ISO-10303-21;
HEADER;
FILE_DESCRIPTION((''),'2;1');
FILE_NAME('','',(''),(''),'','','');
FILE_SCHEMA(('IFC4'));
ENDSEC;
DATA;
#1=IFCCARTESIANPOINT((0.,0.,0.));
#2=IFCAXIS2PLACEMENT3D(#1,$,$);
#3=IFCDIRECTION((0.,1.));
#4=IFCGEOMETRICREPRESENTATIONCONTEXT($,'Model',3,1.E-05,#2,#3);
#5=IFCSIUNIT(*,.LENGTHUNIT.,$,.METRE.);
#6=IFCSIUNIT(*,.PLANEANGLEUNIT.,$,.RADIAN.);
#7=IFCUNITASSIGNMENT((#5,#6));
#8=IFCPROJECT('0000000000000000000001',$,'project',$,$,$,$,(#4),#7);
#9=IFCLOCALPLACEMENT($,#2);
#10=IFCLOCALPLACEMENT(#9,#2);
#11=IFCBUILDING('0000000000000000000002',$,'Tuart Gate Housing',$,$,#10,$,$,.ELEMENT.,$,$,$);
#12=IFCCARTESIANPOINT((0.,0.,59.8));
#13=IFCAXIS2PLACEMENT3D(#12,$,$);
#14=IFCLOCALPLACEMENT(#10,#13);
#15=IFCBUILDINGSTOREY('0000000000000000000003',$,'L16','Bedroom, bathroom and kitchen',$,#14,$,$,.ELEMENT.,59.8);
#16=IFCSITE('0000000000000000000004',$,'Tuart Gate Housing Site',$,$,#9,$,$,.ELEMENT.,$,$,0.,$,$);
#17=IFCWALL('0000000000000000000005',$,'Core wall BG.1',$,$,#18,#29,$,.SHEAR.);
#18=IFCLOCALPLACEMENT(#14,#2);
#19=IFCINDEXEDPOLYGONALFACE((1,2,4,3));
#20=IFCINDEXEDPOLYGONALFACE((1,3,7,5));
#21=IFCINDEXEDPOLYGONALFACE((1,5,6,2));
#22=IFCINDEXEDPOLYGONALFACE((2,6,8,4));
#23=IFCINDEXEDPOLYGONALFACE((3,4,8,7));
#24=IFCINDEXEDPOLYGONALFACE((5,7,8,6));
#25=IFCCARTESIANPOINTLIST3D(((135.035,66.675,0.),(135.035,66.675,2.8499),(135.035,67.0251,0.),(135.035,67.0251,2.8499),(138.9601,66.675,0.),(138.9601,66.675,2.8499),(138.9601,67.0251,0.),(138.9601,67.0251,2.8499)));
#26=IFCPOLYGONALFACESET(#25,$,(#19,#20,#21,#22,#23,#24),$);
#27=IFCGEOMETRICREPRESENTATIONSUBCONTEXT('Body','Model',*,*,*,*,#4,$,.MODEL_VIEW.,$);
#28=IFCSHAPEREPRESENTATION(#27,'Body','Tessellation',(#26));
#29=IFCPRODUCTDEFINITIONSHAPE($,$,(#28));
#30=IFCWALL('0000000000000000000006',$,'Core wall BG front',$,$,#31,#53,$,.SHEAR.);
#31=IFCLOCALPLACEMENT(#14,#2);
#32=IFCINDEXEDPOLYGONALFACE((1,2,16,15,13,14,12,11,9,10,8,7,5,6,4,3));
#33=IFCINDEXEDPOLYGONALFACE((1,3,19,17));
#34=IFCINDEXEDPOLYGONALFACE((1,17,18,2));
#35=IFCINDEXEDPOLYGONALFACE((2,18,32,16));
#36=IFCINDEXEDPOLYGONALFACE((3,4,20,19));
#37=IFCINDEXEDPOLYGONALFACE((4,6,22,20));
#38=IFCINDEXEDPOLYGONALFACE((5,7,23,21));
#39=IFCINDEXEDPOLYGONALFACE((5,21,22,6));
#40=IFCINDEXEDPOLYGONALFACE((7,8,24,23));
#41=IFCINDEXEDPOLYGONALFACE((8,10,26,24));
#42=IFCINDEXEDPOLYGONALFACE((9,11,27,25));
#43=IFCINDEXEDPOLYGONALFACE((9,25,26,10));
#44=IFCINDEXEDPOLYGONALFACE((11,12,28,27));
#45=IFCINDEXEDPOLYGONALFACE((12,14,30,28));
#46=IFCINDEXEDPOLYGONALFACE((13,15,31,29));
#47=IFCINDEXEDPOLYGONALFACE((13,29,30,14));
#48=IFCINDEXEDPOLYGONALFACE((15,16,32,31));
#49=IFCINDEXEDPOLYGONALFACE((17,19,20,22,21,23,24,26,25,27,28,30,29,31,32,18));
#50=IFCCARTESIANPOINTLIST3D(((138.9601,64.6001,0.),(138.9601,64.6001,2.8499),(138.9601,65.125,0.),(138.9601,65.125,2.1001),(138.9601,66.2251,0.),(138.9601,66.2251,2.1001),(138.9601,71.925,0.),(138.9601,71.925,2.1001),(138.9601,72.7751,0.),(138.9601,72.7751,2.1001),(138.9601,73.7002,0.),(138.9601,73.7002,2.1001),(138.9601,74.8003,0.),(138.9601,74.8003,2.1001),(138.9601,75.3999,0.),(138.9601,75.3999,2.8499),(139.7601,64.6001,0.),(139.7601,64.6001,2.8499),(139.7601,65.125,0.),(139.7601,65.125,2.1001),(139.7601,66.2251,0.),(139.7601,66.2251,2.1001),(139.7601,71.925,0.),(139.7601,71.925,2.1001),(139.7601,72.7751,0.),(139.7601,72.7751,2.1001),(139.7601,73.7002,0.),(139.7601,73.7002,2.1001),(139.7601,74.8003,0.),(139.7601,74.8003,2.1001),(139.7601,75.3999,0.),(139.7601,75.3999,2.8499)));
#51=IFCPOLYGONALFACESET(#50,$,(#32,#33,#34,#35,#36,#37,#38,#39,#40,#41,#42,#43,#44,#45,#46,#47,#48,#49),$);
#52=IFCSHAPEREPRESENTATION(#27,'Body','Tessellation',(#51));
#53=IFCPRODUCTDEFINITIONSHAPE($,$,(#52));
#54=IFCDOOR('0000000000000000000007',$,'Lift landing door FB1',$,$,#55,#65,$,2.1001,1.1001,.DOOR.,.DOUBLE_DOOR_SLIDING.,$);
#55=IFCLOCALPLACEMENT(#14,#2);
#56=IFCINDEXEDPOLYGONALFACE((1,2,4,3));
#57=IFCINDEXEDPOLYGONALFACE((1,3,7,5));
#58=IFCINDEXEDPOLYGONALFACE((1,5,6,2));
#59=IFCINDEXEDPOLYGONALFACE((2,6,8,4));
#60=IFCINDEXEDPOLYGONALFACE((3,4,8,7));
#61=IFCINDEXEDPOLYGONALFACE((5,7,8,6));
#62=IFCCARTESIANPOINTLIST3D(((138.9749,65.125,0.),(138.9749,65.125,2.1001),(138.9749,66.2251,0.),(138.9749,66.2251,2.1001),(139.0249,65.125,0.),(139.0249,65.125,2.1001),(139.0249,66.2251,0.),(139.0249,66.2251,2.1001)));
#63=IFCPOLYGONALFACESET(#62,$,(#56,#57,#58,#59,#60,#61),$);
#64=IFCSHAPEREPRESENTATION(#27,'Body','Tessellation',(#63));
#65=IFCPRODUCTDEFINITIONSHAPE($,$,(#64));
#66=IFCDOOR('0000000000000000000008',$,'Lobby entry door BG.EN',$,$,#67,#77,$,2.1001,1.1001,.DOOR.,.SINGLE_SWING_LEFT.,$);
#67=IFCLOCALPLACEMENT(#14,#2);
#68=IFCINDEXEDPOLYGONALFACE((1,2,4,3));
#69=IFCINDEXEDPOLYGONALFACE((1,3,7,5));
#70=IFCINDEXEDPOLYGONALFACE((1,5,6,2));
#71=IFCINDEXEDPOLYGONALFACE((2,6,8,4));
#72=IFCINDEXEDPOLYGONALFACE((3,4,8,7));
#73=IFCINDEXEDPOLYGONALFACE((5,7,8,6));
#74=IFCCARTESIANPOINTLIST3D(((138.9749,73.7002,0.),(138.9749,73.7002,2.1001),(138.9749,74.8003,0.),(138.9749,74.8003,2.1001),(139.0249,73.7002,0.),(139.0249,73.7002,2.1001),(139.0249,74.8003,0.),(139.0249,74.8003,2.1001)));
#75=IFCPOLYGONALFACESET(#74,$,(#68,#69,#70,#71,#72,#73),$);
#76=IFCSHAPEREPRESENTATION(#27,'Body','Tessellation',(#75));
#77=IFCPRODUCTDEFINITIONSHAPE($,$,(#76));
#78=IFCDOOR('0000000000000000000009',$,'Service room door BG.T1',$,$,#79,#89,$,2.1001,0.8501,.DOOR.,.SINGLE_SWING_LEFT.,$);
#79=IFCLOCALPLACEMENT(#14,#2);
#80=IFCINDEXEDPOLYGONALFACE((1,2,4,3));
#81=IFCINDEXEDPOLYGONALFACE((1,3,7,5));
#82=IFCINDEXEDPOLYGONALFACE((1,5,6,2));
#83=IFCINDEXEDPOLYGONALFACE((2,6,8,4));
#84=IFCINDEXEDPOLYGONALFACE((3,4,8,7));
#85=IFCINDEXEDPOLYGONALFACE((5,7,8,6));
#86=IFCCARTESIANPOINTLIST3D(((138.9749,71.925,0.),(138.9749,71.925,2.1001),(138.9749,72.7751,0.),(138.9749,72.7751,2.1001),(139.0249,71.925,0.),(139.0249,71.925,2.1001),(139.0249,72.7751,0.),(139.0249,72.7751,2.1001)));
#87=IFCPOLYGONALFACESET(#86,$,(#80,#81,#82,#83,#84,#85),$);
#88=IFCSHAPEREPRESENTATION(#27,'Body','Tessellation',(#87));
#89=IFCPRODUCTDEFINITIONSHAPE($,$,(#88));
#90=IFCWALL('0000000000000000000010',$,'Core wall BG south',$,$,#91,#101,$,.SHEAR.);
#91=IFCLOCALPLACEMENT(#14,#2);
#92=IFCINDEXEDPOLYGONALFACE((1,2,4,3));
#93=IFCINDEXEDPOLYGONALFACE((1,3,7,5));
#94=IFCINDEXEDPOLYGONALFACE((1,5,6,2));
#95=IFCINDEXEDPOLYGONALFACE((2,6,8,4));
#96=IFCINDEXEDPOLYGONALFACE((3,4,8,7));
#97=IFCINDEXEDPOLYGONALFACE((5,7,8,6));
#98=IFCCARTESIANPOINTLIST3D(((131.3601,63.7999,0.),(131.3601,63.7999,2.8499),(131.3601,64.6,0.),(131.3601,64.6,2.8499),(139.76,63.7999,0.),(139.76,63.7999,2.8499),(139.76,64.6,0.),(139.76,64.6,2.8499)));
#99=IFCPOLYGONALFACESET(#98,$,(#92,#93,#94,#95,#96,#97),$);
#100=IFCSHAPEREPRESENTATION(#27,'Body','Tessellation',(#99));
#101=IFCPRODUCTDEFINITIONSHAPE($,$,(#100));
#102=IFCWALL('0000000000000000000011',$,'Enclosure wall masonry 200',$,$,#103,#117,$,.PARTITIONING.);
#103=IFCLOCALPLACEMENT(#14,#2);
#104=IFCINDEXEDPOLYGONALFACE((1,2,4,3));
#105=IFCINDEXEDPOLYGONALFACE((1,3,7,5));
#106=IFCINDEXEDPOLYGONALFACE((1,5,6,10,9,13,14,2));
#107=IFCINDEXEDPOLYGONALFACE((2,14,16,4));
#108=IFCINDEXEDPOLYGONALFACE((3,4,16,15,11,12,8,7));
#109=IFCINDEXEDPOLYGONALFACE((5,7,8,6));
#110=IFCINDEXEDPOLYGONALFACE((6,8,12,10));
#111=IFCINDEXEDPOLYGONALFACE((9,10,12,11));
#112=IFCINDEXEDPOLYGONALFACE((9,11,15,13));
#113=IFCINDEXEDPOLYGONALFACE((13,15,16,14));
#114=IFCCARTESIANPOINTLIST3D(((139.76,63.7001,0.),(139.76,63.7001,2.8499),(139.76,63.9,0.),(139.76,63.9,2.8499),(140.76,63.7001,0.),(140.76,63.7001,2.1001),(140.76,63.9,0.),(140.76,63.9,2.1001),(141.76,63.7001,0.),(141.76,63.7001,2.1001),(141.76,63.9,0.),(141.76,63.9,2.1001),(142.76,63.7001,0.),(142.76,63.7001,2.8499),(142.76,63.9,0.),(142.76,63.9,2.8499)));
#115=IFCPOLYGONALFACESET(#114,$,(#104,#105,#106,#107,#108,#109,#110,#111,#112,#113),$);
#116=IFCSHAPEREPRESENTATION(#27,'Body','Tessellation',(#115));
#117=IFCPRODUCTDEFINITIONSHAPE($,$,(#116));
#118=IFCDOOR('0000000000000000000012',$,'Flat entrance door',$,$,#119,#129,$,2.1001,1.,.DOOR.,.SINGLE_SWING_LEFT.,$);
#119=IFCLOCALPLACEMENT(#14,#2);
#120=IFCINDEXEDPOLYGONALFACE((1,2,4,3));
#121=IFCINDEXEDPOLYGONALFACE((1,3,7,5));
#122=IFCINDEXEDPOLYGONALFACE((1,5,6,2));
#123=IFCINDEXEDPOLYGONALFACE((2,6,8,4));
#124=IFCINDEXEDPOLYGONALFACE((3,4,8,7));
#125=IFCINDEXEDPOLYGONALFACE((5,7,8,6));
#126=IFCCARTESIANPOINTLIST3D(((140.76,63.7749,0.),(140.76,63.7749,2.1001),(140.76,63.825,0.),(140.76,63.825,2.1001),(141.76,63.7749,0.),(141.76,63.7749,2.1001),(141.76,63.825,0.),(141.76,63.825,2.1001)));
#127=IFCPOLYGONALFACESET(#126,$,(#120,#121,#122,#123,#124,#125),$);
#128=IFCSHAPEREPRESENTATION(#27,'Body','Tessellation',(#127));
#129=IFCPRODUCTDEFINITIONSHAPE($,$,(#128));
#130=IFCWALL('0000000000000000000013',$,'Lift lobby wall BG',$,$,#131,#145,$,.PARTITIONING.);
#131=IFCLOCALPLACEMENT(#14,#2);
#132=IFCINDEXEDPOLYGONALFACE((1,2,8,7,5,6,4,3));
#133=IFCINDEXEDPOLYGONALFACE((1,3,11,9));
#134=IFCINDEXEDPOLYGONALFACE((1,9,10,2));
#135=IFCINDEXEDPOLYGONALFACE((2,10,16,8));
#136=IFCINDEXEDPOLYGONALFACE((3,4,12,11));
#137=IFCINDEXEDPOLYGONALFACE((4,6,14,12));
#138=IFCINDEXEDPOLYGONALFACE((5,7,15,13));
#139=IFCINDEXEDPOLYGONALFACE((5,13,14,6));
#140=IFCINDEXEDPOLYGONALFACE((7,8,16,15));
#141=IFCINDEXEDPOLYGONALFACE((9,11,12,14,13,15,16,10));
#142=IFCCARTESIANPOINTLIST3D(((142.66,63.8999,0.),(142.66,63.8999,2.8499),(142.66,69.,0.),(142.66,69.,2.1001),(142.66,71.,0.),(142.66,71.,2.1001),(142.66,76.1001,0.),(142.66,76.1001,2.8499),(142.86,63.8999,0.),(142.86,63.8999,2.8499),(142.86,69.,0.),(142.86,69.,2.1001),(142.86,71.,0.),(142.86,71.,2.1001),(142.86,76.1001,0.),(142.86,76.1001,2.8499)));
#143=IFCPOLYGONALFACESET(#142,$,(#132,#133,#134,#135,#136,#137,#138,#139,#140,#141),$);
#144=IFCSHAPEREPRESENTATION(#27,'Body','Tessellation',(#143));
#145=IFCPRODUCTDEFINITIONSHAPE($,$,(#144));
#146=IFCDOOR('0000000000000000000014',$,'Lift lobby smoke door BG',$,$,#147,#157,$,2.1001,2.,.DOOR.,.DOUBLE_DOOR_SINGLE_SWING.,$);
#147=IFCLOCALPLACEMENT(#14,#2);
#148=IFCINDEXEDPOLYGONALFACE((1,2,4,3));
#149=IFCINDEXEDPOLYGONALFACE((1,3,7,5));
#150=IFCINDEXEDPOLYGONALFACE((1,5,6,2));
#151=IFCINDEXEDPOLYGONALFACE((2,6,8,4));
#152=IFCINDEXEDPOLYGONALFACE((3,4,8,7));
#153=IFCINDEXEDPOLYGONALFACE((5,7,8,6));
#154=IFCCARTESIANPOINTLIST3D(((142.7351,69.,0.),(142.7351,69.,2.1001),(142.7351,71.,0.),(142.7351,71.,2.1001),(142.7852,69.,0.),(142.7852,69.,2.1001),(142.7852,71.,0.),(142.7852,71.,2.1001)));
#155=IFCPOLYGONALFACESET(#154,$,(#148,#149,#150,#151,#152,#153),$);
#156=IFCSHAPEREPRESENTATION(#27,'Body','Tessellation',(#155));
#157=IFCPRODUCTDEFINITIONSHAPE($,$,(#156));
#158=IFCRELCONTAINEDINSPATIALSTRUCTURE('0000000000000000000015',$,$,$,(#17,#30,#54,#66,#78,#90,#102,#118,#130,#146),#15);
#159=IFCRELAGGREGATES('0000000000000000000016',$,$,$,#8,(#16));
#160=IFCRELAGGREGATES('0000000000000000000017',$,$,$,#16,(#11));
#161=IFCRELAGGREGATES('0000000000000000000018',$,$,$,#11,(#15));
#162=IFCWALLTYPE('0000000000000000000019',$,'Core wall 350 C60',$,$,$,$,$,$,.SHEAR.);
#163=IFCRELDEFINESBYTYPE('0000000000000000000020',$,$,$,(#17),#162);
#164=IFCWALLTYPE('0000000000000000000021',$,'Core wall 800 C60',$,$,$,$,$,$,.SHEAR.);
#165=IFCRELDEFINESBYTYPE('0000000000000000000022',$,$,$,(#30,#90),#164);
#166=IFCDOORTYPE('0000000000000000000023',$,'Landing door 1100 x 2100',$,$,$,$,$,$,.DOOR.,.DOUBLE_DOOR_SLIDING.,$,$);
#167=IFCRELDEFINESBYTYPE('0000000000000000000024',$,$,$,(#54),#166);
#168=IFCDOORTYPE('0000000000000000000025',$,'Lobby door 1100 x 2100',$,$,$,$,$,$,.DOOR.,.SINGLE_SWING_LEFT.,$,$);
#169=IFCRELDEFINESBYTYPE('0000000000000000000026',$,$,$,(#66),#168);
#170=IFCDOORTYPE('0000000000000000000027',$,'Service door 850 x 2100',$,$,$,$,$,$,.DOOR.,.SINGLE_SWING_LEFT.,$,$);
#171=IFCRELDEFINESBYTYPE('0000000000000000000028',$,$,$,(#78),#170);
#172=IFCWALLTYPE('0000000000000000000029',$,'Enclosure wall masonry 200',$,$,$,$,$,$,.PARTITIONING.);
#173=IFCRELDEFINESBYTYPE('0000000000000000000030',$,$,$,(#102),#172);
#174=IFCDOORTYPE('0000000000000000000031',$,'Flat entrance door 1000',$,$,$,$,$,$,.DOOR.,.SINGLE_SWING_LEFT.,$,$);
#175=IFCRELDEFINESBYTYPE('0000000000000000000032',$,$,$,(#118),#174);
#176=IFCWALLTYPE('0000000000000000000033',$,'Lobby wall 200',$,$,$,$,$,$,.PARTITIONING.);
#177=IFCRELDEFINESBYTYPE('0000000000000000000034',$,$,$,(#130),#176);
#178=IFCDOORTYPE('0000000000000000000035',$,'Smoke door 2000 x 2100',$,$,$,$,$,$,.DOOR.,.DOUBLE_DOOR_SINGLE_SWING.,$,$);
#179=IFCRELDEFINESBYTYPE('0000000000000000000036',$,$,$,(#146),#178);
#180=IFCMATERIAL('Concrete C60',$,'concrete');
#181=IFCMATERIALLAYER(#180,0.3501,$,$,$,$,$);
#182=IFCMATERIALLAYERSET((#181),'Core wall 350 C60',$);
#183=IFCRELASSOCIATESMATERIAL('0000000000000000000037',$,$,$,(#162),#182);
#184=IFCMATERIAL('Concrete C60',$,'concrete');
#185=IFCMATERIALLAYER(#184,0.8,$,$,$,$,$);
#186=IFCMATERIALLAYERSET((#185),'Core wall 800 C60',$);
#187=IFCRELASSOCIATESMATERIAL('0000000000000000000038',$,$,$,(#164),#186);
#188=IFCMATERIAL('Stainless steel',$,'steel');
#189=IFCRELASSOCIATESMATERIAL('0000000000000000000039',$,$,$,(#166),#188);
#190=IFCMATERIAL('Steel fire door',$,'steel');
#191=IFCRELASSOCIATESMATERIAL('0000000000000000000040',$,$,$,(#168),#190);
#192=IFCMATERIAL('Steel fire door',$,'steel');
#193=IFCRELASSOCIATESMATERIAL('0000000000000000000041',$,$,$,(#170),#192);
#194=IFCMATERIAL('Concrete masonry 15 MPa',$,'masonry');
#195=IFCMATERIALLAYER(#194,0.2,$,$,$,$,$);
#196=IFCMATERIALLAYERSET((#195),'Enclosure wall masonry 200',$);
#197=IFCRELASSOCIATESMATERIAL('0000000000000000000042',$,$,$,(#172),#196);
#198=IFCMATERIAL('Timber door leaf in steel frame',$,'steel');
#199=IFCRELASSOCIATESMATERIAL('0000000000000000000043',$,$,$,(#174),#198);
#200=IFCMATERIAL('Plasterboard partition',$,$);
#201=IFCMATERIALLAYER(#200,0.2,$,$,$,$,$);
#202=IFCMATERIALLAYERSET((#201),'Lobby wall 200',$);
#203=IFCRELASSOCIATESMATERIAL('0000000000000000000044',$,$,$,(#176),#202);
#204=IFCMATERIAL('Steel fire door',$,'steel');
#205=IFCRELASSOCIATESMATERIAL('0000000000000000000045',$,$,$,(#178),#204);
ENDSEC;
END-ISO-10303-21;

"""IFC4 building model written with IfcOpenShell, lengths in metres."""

from ifc_helpers import new_model, si_unit, direction, frame, frame_2d, origin, place, context, subcontext, project, spatial, rectangle, extrude, material, layer, layer_set, type_object, element, fill, save


model = new_model("IFC4")

# Units and contexts
model_context = context("Model", 3, precision=1e-05, world=origin(), true_north=direction((0.0, 1.0)))
body_context = subcontext(model_context, "Body", "Model", "MODEL_VIEW")
ifc_project = project(units=[si_unit("LENGTHUNIT", "METRE"), si_unit("PLANEANGLEUNIT", "RADIAN")], contexts=[model_context])

# Site, building, storey
site_placement = place(None, origin())
site = spatial("IfcSite", under=ifc_project, at=site_placement, Name="Tuart Gate Housing Site", CompositionType="ELEMENT", RefElevation=0.0)
building_placement = place(site_placement, origin())
building = spatial("IfcBuilding", under=site, at=building_placement, Name="Tuart Gate Housing", CompositionType="ELEMENT")
storey_placement = place(building_placement, frame((0.0, 0.0, 59.8)))
storey = spatial("IfcBuildingStorey", under=building, at=storey_placement, Name="L16", Description="Bedroom, bathroom and kitchen", CompositionType="ELEMENT", Elevation=59.8)

# Wall
ifc_material_1 = material(Name="Concrete C60", Category="concrete")
ifc_layer_1 = layer(ifc_material_1, 0.3501)
ifc_layer_set_1 = layer_set([ifc_layer_1], Name="Core wall 350 C60")
wall_type_1 = type_object("IfcWallType", Name="Core wall 350 C60", PredefinedType="SHEAR", material=ifc_layer_set_1)
wall_1_placement = place(storey_placement, frame((138.96, 66.8501, 0.0), z_axis=(0.0, 0.0, 1.0), x_axis=(-1.0, 0.0, 0.0)))
element("IfcWall", 1, at=wall_1_placement, inside=storey, type_object=wall_type_1, Name="Core wall BG.1", PredefinedType="SHEAR", context=body_context, shape_type="SweptSolid", body=[
    extrude(rectangle(XDim=3.925, YDim=0.3501, at=frame_2d((1.9624, 0.0))), origin(), (0.0, 0.0, 1.0), 2.8499),
])

# Wall, openings, doors
ifc_material_2 = material(Name="Concrete C60", Category="concrete")
ifc_layer_2 = layer(ifc_material_2, 0.8)
ifc_layer_set_2 = layer_set([ifc_layer_2], Name="Core wall 800 C60")
wall_type_2 = type_object("IfcWallType", Name="Core wall 800 C60", PredefinedType="SHEAR", material=ifc_layer_set_2)
wall_2_placement = place(storey_placement, frame((139.3601, 64.6001, 0.0), z_axis=(0.0, 0.0, 1.0), x_axis=(0.0, 1.0, 0.0)))
wall_2 = element("IfcWall", 2, at=wall_2_placement, inside=storey, type_object=wall_type_2, Name="Core wall BG front", PredefinedType="SHEAR", context=body_context, shape_type="SweptSolid", body=[
    extrude(rectangle(XDim=10.7998, YDim=0.8, at=frame_2d((5.3999, 0.0))), origin(), (0.0, 0.0, 1.0), 2.8499),
])
opening_1_placement = place(wall_2_placement, frame((0.5249, 0.0, 0.0)))
opening_1 = element("IfcOpeningElement", 3, at=opening_1_placement, cuts=wall_2, PredefinedType="OPENING", context=body_context, shape_type="SweptSolid", body=[
    extrude(rectangle(XDim=1.1001, YDim=2.1001, at=frame_2d((0.55, 1.05))), frame((0.0, 0.4099, 0.0), z_axis=(0.0, -1.0, 0.0), x_axis=(1.0, 0.0, 0.0)), (0.0, 0.0, 1.0), 0.8201),
])
opening_2_placement = place(wall_2_placement, frame((9.1001, 0.0, 0.0)))
opening_2 = element("IfcOpeningElement", 4, at=opening_2_placement, cuts=wall_2, PredefinedType="OPENING", context=body_context, shape_type="SweptSolid", body=[
    extrude(rectangle(XDim=1.1001, YDim=2.1001, at=frame_2d((0.55, 1.05))), frame((0.0, 0.4099, 0.0), z_axis=(0.0, -1.0, 0.0), x_axis=(1.0, 0.0, 0.0)), (0.0, 0.0, 1.0), 0.8201),
])
opening_3_placement = place(wall_2_placement, frame((7.325, 0.0, 0.0)))
opening_3 = element("IfcOpeningElement", 5, at=opening_3_placement, cuts=wall_2, PredefinedType="OPENING", context=body_context, shape_type="SweptSolid", body=[
    extrude(rectangle(XDim=0.8501, YDim=2.1001, at=frame_2d((0.425, 1.05))), frame((0.0, 0.4099, 0.0), z_axis=(0.0, -1.0, 0.0), x_axis=(1.0, 0.0, 0.0)), (0.0, 0.0, 1.0), 0.8201),
])
ifc_material_3 = material(Name="Stainless steel", Category="steel")
door_type_1 = type_object("IfcDoorType", Name="Landing door 1100 x 2100", OperationType="DOUBLE_DOOR_SLIDING", PredefinedType="DOOR", material=ifc_material_3)
door_1_placement = place(opening_1_placement, origin())
door_1 = element("IfcDoor", 6, at=door_1_placement, inside=storey, type_object=door_type_1, Name="Lift landing door FB1", OperationType="DOUBLE_DOOR_SLIDING", OverallHeight=2.1001, OverallWidth=1.1001, PredefinedType="DOOR", context=body_context, shape_type="SweptSolid", body=[
    extrude(rectangle(XDim=1.1001, YDim=2.1001, at=frame_2d((0.55, 1.05))), frame((0.0, 0.3853, 0.0), z_axis=(0.0, -1.0, 0.0), x_axis=(1.0, 0.0, 0.0)), (0.0, 0.0, 1.0), 0.05),
])
fill(opening_1, door_1)
ifc_material_4 = material(Name="Steel fire door", Category="steel")
door_type_2 = type_object("IfcDoorType", Name="Lobby door 1100 x 2100", OperationType="SINGLE_SWING_LEFT", PredefinedType="DOOR", material=ifc_material_4)
door_2_placement = place(opening_2_placement, origin())
door_2 = element("IfcDoor", 7, at=door_2_placement, inside=storey, type_object=door_type_2, Name="Lobby entry door BG.EN", OperationType="SINGLE_SWING_LEFT", OverallHeight=2.1001, OverallWidth=1.1001, PredefinedType="DOOR", context=body_context, shape_type="SweptSolid", body=[
    extrude(rectangle(XDim=1.1001, YDim=2.1001, at=frame_2d((0.55, 1.05))), frame((0.0, 0.3853, 0.0), z_axis=(0.0, -1.0, 0.0), x_axis=(1.0, 0.0, 0.0)), (0.0, 0.0, 1.0), 0.05),
])
fill(opening_2, door_2)
ifc_material_5 = material(Name="Steel fire door", Category="steel")
door_type_3 = type_object("IfcDoorType", Name="Service door 850 x 2100", OperationType="SINGLE_SWING_LEFT", PredefinedType="DOOR", material=ifc_material_5)
door_3_placement = place(opening_3_placement, origin())
door_3 = element("IfcDoor", 8, at=door_3_placement, inside=storey, type_object=door_type_3, Name="Service room door BG.T1", OperationType="SINGLE_SWING_LEFT", OverallHeight=2.1001, OverallWidth=0.8501, PredefinedType="DOOR", context=body_context, shape_type="SweptSolid", body=[
    extrude(rectangle(XDim=0.8501, YDim=2.1001, at=frame_2d((0.425, 1.05))), frame((0.0, 0.3853, 0.0), z_axis=(0.0, -1.0, 0.0), x_axis=(1.0, 0.0, 0.0)), (0.0, 0.0, 1.0), 0.05),
])
fill(opening_3, door_3)

# Wall
wall_3_placement = place(storey_placement, frame((139.76, 64.2, 0.0), z_axis=(0.0, 0.0, 1.0), x_axis=(-1.0, 0.0, 0.0)))
element("IfcWall", 9, at=wall_3_placement, inside=storey, type_object=wall_type_2, Name="Core wall BG south", PredefinedType="SHEAR", context=body_context, shape_type="SweptSolid", body=[
    extrude(rectangle(XDim=8.3999, YDim=0.8, at=frame_2d((4.2, 0.0))), origin(), (0.0, 0.0, 1.0), 2.8499),
])

# Walls, openings, doors
ifc_material_6 = material(Name="Concrete masonry 15 MPa", Category="masonry")
ifc_layer_3 = layer(ifc_material_6, 0.2)
ifc_layer_set_3 = layer_set([ifc_layer_3], Name="Enclosure wall masonry 200")
wall_type_3 = type_object("IfcWallType", Name="Enclosure wall masonry 200", PredefinedType="PARTITIONING", material=ifc_layer_set_3)
wall_4_placement = place(storey_placement, frame((139.76, 63.8, 0.0), z_axis=(0.0, 0.0, 1.0), x_axis=(1.0, 0.0, 0.0)))
wall_4 = element("IfcWall", 10, at=wall_4_placement, inside=storey, type_object=wall_type_3, Name="Enclosure wall masonry 200", PredefinedType="PARTITIONING", context=body_context, shape_type="SweptSolid", body=[
    extrude(rectangle(XDim=3.0, YDim=0.2, at=frame_2d((1.5, 0.0))), origin(), (0.0, 0.0, 1.0), 2.8499),
])
opening_4_placement = place(wall_4_placement, frame((1.0, 0.0, 0.0)))
opening_4 = element("IfcOpeningElement", 11, at=opening_4_placement, cuts=wall_4, PredefinedType="OPENING", context=body_context, shape_type="SweptSolid", body=[
    extrude(rectangle(XDim=1.0, YDim=2.1001, at=frame_2d((0.5, 1.05))), frame((0.0, 0.1099, 0.0), z_axis=(0.0, -1.0, 0.0), x_axis=(1.0, 0.0, 0.0)), (0.0, 0.0, 1.0), 0.22),
])
ifc_material_7 = material(Name="Timber door leaf in steel frame", Category="steel")
door_type_4 = type_object("IfcDoorType", Name="Flat entrance door 1000", OperationType="SINGLE_SWING_LEFT", PredefinedType="DOOR", material=ifc_material_7)
door_4_placement = place(opening_4_placement, frame((1.0, 0.0, 0.0), z_axis=(0.0, 0.0, 1.0), x_axis=(-1.0, 0.0, 0.0)))
door_4 = element("IfcDoor", 12, at=door_4_placement, inside=storey, type_object=door_type_4, Name="Flat entrance door", OperationType="SINGLE_SWING_LEFT", OverallHeight=2.1001, OverallWidth=1.0, PredefinedType="DOOR", context=body_context, shape_type="SweptSolid", body=[
    extrude(rectangle(XDim=1.0, YDim=2.1001, at=frame_2d((0.5, 1.05))), frame((0.0, 0.0251, 0.0), z_axis=(0.0, -1.0, 0.0), x_axis=(1.0, 0.0, 0.0)), (0.0, 0.0, 1.0), 0.05),
])
fill(opening_4, door_4)
ifc_material_8 = material(Name="Plasterboard partition")
ifc_layer_4 = layer(ifc_material_8, 0.2)
ifc_layer_set_4 = layer_set([ifc_layer_4], Name="Lobby wall 200")
wall_type_4 = type_object("IfcWallType", Name="Lobby wall 200", PredefinedType="PARTITIONING", material=ifc_layer_set_4)
wall_5_placement = place(storey_placement, frame((142.76, 63.8999, 0.0), z_axis=(0.0, 0.0, 1.0), x_axis=(0.0, 1.0, 0.0)))
wall_5 = element("IfcWall", 13, at=wall_5_placement, inside=storey, type_object=wall_type_4, Name="Lift lobby wall BG", PredefinedType="PARTITIONING", context=body_context, shape_type="SweptSolid", body=[
    extrude(rectangle(XDim=12.2002, YDim=0.2, at=frame_2d((6.1001, 0.0))), origin(), (0.0, 0.0, 1.0), 2.8499),
])
opening_5_placement = place(wall_5_placement, frame((5.1001, 0.0, 0.0)))
opening_5 = element("IfcOpeningElement", 14, at=opening_5_placement, cuts=wall_5, PredefinedType="OPENING", context=body_context, shape_type="SweptSolid", body=[
    extrude(rectangle(XDim=2.0, YDim=2.1001, at=frame_2d((1.0, 1.05))), frame((0.0, 0.1099, 0.0), z_axis=(0.0, -1.0, 0.0), x_axis=(1.0, 0.0, 0.0)), (0.0, 0.0, 1.0), 0.22),
])
ifc_material_9 = material(Name="Steel fire door", Category="steel")
door_type_5 = type_object("IfcDoorType", Name="Smoke door 2000 x 2100", OperationType="DOUBLE_DOOR_SINGLE_SWING", PredefinedType="DOOR", material=ifc_material_9)
door_5_placement = place(opening_5_placement, origin())
door_5 = element("IfcDoor", 15, at=door_5_placement, inside=storey, type_object=door_type_5, Name="Lift lobby smoke door BG", OperationType="DOUBLE_DOOR_SINGLE_SWING", OverallHeight=2.1001, OverallWidth=2.0, PredefinedType="DOOR", context=body_context, shape_type="SweptSolid", body=[
    extrude(rectangle(XDim=2.0, YDim=2.1001, at=frame_2d((1.0, 1.05))), frame((0.0, 0.0249, 0.0), z_axis=(0.0, -1.0, 0.0), x_axis=(1.0, 0.0, 0.0)), (0.0, 0.0, 1.0), 0.05),
])
fill(opening_5, door_5)

save(model, "model.ifc")
